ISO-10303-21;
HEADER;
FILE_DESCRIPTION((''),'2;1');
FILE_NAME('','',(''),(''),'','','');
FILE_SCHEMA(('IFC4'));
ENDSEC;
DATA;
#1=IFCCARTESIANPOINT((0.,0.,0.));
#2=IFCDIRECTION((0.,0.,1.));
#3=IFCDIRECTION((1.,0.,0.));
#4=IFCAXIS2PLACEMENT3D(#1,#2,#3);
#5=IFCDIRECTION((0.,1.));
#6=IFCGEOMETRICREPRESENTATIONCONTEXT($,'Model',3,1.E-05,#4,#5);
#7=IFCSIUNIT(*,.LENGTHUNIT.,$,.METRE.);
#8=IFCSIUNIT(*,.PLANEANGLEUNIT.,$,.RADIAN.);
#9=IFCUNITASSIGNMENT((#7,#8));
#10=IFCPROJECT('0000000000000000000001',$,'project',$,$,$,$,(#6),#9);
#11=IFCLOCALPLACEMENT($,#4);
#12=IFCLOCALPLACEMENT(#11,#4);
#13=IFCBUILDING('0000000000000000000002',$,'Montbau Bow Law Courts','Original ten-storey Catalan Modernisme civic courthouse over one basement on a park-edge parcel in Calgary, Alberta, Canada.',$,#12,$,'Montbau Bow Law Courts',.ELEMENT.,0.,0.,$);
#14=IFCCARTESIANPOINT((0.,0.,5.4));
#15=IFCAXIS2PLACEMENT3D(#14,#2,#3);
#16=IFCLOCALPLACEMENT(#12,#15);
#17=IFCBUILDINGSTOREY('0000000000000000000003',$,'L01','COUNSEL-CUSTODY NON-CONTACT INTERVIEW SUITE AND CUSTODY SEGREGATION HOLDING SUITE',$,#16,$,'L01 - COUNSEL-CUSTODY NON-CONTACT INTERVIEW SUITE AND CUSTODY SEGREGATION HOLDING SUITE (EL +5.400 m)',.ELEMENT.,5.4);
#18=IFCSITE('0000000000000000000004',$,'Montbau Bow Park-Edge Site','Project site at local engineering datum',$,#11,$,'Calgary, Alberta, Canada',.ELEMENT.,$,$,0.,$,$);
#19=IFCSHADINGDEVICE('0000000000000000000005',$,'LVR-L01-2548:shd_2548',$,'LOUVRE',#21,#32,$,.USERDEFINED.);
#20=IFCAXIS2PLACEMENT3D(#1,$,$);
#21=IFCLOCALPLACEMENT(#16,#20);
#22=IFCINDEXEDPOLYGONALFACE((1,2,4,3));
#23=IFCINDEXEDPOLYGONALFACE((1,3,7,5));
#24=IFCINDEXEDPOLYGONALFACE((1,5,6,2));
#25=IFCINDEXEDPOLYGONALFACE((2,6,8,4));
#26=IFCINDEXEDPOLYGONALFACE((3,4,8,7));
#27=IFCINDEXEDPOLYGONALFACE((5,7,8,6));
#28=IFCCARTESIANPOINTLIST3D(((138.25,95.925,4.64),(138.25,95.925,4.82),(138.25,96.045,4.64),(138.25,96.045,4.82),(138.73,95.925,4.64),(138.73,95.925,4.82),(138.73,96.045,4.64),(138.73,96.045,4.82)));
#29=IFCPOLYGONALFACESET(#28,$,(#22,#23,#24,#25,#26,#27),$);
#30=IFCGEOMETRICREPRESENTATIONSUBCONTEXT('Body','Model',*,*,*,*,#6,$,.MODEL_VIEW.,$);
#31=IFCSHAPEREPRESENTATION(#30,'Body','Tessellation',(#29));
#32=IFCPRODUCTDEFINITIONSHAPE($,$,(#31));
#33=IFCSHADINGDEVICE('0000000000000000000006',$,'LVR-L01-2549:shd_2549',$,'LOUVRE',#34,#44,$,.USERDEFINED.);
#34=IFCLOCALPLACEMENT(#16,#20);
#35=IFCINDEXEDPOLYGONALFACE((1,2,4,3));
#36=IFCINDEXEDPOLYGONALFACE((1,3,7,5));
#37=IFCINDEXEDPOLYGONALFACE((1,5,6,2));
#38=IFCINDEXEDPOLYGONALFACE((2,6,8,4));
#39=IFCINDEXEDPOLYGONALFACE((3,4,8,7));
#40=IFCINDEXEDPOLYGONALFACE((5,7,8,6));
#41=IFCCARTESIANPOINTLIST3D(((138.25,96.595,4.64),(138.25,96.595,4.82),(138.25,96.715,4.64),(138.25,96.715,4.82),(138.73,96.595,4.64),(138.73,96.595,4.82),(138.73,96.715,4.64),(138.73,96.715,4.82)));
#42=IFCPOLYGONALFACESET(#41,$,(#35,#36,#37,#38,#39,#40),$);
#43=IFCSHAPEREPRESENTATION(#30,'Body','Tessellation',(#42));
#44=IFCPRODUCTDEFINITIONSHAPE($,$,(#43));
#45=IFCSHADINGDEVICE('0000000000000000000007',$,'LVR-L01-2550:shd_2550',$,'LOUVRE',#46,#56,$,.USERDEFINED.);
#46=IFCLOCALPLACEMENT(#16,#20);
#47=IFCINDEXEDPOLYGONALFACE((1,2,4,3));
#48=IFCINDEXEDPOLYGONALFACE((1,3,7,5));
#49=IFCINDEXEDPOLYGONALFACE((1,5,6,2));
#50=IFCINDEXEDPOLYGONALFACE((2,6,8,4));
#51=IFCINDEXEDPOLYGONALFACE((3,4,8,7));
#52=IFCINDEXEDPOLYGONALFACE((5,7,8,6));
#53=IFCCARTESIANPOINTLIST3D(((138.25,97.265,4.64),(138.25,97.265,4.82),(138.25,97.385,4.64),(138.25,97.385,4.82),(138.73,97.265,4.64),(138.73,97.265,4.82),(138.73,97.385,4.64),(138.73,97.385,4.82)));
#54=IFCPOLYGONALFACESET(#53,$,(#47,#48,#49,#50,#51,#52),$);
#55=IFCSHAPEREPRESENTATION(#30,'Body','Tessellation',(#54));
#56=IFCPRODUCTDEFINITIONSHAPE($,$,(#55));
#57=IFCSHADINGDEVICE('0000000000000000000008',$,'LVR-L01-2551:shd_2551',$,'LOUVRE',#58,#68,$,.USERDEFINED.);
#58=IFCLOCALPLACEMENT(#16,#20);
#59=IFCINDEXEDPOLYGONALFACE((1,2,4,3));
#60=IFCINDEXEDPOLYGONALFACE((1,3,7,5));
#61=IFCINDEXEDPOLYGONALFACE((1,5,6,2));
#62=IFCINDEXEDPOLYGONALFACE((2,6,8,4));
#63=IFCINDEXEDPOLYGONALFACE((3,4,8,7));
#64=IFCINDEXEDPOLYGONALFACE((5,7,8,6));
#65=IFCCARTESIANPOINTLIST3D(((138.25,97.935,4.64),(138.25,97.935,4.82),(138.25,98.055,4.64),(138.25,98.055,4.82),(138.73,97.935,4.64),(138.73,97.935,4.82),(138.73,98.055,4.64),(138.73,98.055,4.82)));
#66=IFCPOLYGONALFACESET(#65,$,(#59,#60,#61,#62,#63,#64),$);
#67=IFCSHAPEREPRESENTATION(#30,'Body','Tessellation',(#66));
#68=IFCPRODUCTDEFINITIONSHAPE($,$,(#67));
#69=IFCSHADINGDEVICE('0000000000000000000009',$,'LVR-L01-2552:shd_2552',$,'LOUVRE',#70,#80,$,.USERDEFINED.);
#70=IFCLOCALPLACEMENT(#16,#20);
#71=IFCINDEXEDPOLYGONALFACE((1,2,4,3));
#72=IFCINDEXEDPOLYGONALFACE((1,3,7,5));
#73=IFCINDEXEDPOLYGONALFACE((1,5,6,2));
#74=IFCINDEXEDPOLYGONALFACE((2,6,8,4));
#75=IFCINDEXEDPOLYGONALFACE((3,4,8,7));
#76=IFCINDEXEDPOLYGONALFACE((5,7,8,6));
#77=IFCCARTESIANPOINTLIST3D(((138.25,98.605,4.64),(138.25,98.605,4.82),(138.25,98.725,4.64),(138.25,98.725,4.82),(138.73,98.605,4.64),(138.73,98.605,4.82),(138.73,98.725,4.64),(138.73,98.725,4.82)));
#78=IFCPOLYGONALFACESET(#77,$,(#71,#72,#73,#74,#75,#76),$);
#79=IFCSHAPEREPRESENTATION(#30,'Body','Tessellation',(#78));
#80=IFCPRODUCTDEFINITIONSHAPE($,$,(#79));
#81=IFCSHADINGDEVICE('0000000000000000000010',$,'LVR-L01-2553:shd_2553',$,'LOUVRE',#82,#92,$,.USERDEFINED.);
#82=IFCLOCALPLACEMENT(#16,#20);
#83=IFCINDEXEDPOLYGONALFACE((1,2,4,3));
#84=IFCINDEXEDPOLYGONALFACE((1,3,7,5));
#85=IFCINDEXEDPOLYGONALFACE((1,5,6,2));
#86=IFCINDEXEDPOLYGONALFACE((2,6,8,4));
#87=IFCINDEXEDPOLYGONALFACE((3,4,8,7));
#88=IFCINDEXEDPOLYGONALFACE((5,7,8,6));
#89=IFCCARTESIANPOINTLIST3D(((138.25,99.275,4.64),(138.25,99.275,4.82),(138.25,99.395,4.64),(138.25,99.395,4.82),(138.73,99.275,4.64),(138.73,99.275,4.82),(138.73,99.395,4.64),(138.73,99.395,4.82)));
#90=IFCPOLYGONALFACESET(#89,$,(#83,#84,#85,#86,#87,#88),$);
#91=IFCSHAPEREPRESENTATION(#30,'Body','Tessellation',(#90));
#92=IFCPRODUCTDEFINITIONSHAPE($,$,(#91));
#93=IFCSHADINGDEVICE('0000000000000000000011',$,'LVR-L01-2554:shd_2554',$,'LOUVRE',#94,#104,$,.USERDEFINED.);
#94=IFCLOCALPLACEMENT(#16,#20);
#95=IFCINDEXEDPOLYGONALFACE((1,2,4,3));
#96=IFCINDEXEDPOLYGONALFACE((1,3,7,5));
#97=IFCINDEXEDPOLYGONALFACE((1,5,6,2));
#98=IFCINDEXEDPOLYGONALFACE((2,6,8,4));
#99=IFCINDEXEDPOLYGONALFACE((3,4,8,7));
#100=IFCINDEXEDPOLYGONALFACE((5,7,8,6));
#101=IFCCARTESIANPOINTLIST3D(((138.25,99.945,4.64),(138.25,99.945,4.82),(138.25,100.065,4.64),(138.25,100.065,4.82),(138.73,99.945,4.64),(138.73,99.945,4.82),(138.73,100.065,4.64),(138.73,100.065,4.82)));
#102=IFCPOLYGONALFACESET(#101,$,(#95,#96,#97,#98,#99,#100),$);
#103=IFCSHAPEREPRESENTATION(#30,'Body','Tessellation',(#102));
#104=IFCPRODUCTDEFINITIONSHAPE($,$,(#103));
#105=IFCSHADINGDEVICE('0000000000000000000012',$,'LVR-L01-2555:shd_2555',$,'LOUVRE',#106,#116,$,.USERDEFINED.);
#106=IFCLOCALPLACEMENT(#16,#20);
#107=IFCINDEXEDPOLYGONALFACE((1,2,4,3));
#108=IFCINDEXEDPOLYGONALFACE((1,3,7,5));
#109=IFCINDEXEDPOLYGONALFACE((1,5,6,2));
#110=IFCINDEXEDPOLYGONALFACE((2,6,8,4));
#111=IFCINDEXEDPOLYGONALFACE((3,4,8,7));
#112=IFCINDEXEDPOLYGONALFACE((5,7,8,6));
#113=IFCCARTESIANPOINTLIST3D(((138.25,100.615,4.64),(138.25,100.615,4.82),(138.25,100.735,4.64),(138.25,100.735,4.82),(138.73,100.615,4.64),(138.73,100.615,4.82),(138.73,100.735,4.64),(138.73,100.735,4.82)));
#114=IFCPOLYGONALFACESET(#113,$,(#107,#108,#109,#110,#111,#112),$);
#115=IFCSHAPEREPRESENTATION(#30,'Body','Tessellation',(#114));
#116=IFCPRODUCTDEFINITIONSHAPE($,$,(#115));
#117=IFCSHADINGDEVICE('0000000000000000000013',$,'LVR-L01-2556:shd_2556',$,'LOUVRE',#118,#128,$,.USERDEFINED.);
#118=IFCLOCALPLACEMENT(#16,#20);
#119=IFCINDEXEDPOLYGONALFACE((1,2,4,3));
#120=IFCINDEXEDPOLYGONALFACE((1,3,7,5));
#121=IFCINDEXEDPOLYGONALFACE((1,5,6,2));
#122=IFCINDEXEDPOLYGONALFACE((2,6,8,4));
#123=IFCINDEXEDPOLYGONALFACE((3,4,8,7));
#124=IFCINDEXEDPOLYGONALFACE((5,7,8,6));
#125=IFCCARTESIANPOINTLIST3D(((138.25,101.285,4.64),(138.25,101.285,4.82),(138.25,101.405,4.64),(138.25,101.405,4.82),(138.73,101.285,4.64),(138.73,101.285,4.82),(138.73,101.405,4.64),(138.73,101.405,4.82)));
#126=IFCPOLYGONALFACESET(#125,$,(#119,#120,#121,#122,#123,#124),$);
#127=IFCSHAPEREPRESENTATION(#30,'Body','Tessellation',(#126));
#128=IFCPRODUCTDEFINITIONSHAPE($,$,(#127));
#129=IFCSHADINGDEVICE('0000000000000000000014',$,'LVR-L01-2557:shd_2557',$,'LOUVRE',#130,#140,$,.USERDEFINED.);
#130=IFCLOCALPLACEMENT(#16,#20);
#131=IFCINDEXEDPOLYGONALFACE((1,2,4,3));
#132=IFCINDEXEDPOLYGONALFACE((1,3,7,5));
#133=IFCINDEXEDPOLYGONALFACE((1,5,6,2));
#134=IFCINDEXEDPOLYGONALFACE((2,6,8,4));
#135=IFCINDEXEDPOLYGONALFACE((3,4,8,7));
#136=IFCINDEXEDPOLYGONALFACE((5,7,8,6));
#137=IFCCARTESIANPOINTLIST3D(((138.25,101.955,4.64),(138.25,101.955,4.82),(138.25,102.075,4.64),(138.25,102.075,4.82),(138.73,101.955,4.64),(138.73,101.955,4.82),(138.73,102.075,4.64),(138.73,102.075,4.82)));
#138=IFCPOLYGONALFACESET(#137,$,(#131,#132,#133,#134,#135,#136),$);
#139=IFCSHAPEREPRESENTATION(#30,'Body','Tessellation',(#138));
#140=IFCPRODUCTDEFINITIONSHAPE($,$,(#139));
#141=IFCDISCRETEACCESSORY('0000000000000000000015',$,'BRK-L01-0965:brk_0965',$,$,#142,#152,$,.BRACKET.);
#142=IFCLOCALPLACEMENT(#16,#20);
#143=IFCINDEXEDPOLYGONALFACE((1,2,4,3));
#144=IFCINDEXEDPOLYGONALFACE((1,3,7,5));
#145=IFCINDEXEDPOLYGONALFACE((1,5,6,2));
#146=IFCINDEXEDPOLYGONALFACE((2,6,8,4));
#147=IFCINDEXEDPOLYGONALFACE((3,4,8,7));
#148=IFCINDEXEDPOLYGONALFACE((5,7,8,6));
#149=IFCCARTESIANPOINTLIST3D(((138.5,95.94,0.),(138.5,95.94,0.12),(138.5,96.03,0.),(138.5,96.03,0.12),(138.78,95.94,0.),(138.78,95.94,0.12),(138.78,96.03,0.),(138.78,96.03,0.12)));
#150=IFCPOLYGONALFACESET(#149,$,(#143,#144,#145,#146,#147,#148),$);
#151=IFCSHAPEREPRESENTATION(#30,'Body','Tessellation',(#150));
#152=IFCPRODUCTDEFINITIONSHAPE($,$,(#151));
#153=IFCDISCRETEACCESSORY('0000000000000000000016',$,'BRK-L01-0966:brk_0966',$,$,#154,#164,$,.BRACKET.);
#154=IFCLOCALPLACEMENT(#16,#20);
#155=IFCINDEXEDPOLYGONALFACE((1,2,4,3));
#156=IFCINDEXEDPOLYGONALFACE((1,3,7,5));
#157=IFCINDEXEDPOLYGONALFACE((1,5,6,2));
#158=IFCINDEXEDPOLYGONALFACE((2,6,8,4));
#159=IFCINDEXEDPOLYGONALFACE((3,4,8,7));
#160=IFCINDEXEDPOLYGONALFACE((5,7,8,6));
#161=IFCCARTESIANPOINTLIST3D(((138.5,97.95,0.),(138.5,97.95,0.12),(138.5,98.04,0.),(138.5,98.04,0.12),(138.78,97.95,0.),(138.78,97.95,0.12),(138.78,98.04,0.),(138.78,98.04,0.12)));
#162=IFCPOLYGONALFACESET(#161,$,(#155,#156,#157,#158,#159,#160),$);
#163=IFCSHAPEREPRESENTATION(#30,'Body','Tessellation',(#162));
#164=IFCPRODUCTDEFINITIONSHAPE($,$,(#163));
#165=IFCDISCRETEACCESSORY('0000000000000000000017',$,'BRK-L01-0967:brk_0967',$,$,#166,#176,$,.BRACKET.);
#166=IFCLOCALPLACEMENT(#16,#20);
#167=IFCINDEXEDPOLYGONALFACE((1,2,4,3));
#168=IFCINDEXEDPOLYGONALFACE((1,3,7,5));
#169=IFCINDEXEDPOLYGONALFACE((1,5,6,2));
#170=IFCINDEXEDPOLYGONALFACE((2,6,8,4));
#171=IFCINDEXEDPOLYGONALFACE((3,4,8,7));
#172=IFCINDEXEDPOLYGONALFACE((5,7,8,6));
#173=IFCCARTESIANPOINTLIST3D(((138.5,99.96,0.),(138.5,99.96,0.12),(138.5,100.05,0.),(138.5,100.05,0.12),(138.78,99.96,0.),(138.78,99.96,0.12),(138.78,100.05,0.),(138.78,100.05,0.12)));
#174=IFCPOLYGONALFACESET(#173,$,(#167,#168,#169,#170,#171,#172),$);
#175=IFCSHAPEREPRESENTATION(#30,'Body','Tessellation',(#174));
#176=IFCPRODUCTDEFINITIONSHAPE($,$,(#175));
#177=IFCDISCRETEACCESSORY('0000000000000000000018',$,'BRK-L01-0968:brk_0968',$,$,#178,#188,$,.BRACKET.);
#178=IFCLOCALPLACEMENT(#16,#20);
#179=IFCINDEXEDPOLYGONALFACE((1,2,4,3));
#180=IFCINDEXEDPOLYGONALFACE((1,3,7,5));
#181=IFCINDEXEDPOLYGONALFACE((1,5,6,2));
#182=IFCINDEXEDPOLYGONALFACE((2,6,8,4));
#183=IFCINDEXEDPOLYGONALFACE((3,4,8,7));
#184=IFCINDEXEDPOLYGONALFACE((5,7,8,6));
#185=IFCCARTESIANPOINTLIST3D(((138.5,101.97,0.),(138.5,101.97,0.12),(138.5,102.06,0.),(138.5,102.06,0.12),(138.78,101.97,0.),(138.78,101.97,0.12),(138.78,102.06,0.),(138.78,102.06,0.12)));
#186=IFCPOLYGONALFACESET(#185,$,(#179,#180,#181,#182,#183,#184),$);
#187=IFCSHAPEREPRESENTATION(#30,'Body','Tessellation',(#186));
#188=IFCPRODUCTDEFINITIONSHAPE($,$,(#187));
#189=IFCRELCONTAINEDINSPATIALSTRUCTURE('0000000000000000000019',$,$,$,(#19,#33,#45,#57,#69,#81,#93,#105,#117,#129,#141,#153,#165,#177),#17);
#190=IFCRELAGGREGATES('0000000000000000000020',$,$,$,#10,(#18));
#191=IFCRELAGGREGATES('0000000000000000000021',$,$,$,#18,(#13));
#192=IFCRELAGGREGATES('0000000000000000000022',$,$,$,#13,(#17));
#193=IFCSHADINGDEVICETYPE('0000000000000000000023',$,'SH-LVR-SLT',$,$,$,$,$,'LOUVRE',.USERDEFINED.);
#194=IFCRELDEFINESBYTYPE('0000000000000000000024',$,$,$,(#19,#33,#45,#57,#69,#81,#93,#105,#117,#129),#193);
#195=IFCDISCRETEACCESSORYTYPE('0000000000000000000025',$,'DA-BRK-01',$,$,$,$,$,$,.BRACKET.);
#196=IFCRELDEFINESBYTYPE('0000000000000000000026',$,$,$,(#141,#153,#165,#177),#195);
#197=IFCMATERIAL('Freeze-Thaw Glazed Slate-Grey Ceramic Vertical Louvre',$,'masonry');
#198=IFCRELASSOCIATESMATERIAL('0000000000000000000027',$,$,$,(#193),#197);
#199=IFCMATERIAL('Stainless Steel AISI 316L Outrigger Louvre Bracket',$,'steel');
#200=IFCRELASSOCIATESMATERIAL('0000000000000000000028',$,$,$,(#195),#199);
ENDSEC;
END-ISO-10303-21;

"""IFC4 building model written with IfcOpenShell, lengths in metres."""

from ifc_helpers import new_model, si_unit, direction, frame, origin_with_axes, origin_2d_with_axis, place, context, subcontext, project, spatial, rectangle, extrude, material, type_object, element, save


model = new_model("IFC4")

# Units and contexts
model_context = context("Model", 3, precision=1e-05, world=origin_with_axes(), true_north=direction((0.0, 1.0)))
body_context = subcontext(model_context, "Body", "Model", "MODEL_VIEW")
ifc_project = project(units=[si_unit("LENGTHUNIT", "METRE"), si_unit("PLANEANGLEUNIT", "RADIAN")], contexts=[model_context])

# Site, building, storey
site_placement = place(None, origin_with_axes())
site = spatial("IfcSite", under=ifc_project, at=site_placement, Name="Montbau Bow Park-Edge Site", Description="Project site at local engineering datum", LongName="Calgary, Alberta, Canada", CompositionType="ELEMENT", RefElevation=0.0)
building_placement = place(site_placement, origin_with_axes())
building = spatial("IfcBuilding", under=site, at=building_placement, Name="Montbau Bow Law Courts", Description="Original ten-storey Catalan Modernisme civic courthouse over one basement on a park-edge parcel in Calgary, Alberta, Canada.", LongName="Montbau Bow Law Courts", CompositionType="ELEMENT", ElevationOfRefHeight=0.0, ElevationOfTerrain=0.0)
storey_placement = place(building_placement, frame((0.0, 0.0, 5.4), z_axis=(0.0, 0.0, 1.0), x_axis=(1.0, 0.0, 0.0)))
storey = spatial("IfcBuildingStorey", under=building, at=storey_placement, Name="L01", Description="COUNSEL-CUSTODY NON-CONTACT INTERVIEW SUITE AND CUSTODY SEGREGATION HOLDING SUITE", LongName="L01 - COUNSEL-CUSTODY NON-CONTACT INTERVIEW SUITE AND CUSTODY SEGREGATION HOLDING SUITE (EL +5.400 m)", CompositionType="ELEMENT", Elevation=5.4)

# Shared definitions
ifc_material_1 = material(Name="Freeze-Thaw Glazed Slate-Grey Ceramic Vertical Louvre", Category="masonry")

# Shading devices
shading_device_type = type_object("IfcShadingDeviceType", Name="SH-LVR-SLT", ElementType="LOUVRE", PredefinedType="USERDEFINED", material=ifc_material_1)
for number, where, z_axis, x_axis, name in (
    (1, (138.49, 95.985, 10.04), (0.0, 0.0, 1.0), (-1.0, 0.0, 0.0), "LVR-L01-2548:shd_2548"),
    (2, (138.49, 96.655, 10.04), (0.0, 0.0, 1.0), (-1.0, 0.0, 0.0), "LVR-L01-2549:shd_2549"),
    (3, (138.49, 97.325, 10.04), (0.0, 0.0, 1.0), (-1.0, 0.0, 0.0), "LVR-L01-2550:shd_2550"),
    (4, (138.49, 97.995, 10.04), (0.0, 0.0, 1.0), (-1.0, 0.0, 0.0), "LVR-L01-2551:shd_2551"),
    (5, (138.49, 98.665, 10.04), (0.0, 0.0, 1.0), (-1.0, 0.0, 0.0), "LVR-L01-2552:shd_2552"),
    (6, (138.49, 99.335, 10.04), (0.0, 0.0, 1.0), (-1.0, 0.0, 0.0), "LVR-L01-2553:shd_2553"),
    (7, (138.49, 100.005, 10.04), (0.0, 0.0, 1.0), (-1.0, 0.0, 0.0), "LVR-L01-2554:shd_2554"),
    (8, (138.49, 100.675, 10.04), (0.0, 0.0, 1.0), (-1.0, 0.0, 0.0), "LVR-L01-2555:shd_2555"),
    (9, (138.49, 101.345, 10.04), (0.0, 0.0, 1.0), (-1.0, 0.0, 0.0), "LVR-L01-2556:shd_2556"),
    (10, (138.49, 102.015, 10.04), (0.0, 0.0, 1.0), (-1.0, 0.0, 0.0), "LVR-L01-2557:shd_2557"),
):
    element("IfcShadingDevice", number, at=place(None, frame(where, z_axis=z_axis, x_axis=x_axis)), inside=storey, type_object=shading_device_type, Name=name, ObjectType="LOUVRE", PredefinedType="USERDEFINED", context=body_context, shape_type="SweptSolid", body=[
        extrude(rectangle(XDim=0.48, YDim=0.12, at=origin_2d_with_axis()), origin_with_axes(), (0.0, 0.0, 1.0), 0.18),
    ])

# Discrete accessories
ifc_material_2 = material(Name="Stainless Steel AISI 316L Outrigger Louvre Bracket", Category="steel")
discrete_accessory_type = type_object("IfcDiscreteAccessoryType", Name="DA-BRK-01", PredefinedType="BRACKET", material=ifc_material_2)
for number, where, z_axis, x_axis, name in (
    (11, (138.64, 95.985, 5.4), (0.0, 0.0, 1.0), (-1.0, 0.0, 0.0), "BRK-L01-0965:brk_0965"),
    (12, (138.64, 97.995, 5.4), (0.0, 0.0, 1.0), (-1.0, 0.0, 0.0), "BRK-L01-0966:brk_0966"),
    (13, (138.64, 100.005, 5.4), (0.0, 0.0, 1.0), (-1.0, 0.0, 0.0), "BRK-L01-0967:brk_0967"),
    (14, (138.64, 102.015, 5.4), (0.0, 0.0, 1.0), (-1.0, 0.0, 0.0), "BRK-L01-0968:brk_0968"),
):
    element("IfcDiscreteAccessory", number, at=place(None, frame(where, z_axis=z_axis, x_axis=x_axis)), inside=storey, type_object=discrete_accessory_type, Name=name, PredefinedType="BRACKET", context=body_context, shape_type="SweptSolid", body=[
        extrude(rectangle(XDim=0.28, YDim=0.09, at=origin_2d_with_axis()), origin_with_axes(), (0.0, 0.0, 1.0), 0.12),
    ])

save(model, "model.ifc")
